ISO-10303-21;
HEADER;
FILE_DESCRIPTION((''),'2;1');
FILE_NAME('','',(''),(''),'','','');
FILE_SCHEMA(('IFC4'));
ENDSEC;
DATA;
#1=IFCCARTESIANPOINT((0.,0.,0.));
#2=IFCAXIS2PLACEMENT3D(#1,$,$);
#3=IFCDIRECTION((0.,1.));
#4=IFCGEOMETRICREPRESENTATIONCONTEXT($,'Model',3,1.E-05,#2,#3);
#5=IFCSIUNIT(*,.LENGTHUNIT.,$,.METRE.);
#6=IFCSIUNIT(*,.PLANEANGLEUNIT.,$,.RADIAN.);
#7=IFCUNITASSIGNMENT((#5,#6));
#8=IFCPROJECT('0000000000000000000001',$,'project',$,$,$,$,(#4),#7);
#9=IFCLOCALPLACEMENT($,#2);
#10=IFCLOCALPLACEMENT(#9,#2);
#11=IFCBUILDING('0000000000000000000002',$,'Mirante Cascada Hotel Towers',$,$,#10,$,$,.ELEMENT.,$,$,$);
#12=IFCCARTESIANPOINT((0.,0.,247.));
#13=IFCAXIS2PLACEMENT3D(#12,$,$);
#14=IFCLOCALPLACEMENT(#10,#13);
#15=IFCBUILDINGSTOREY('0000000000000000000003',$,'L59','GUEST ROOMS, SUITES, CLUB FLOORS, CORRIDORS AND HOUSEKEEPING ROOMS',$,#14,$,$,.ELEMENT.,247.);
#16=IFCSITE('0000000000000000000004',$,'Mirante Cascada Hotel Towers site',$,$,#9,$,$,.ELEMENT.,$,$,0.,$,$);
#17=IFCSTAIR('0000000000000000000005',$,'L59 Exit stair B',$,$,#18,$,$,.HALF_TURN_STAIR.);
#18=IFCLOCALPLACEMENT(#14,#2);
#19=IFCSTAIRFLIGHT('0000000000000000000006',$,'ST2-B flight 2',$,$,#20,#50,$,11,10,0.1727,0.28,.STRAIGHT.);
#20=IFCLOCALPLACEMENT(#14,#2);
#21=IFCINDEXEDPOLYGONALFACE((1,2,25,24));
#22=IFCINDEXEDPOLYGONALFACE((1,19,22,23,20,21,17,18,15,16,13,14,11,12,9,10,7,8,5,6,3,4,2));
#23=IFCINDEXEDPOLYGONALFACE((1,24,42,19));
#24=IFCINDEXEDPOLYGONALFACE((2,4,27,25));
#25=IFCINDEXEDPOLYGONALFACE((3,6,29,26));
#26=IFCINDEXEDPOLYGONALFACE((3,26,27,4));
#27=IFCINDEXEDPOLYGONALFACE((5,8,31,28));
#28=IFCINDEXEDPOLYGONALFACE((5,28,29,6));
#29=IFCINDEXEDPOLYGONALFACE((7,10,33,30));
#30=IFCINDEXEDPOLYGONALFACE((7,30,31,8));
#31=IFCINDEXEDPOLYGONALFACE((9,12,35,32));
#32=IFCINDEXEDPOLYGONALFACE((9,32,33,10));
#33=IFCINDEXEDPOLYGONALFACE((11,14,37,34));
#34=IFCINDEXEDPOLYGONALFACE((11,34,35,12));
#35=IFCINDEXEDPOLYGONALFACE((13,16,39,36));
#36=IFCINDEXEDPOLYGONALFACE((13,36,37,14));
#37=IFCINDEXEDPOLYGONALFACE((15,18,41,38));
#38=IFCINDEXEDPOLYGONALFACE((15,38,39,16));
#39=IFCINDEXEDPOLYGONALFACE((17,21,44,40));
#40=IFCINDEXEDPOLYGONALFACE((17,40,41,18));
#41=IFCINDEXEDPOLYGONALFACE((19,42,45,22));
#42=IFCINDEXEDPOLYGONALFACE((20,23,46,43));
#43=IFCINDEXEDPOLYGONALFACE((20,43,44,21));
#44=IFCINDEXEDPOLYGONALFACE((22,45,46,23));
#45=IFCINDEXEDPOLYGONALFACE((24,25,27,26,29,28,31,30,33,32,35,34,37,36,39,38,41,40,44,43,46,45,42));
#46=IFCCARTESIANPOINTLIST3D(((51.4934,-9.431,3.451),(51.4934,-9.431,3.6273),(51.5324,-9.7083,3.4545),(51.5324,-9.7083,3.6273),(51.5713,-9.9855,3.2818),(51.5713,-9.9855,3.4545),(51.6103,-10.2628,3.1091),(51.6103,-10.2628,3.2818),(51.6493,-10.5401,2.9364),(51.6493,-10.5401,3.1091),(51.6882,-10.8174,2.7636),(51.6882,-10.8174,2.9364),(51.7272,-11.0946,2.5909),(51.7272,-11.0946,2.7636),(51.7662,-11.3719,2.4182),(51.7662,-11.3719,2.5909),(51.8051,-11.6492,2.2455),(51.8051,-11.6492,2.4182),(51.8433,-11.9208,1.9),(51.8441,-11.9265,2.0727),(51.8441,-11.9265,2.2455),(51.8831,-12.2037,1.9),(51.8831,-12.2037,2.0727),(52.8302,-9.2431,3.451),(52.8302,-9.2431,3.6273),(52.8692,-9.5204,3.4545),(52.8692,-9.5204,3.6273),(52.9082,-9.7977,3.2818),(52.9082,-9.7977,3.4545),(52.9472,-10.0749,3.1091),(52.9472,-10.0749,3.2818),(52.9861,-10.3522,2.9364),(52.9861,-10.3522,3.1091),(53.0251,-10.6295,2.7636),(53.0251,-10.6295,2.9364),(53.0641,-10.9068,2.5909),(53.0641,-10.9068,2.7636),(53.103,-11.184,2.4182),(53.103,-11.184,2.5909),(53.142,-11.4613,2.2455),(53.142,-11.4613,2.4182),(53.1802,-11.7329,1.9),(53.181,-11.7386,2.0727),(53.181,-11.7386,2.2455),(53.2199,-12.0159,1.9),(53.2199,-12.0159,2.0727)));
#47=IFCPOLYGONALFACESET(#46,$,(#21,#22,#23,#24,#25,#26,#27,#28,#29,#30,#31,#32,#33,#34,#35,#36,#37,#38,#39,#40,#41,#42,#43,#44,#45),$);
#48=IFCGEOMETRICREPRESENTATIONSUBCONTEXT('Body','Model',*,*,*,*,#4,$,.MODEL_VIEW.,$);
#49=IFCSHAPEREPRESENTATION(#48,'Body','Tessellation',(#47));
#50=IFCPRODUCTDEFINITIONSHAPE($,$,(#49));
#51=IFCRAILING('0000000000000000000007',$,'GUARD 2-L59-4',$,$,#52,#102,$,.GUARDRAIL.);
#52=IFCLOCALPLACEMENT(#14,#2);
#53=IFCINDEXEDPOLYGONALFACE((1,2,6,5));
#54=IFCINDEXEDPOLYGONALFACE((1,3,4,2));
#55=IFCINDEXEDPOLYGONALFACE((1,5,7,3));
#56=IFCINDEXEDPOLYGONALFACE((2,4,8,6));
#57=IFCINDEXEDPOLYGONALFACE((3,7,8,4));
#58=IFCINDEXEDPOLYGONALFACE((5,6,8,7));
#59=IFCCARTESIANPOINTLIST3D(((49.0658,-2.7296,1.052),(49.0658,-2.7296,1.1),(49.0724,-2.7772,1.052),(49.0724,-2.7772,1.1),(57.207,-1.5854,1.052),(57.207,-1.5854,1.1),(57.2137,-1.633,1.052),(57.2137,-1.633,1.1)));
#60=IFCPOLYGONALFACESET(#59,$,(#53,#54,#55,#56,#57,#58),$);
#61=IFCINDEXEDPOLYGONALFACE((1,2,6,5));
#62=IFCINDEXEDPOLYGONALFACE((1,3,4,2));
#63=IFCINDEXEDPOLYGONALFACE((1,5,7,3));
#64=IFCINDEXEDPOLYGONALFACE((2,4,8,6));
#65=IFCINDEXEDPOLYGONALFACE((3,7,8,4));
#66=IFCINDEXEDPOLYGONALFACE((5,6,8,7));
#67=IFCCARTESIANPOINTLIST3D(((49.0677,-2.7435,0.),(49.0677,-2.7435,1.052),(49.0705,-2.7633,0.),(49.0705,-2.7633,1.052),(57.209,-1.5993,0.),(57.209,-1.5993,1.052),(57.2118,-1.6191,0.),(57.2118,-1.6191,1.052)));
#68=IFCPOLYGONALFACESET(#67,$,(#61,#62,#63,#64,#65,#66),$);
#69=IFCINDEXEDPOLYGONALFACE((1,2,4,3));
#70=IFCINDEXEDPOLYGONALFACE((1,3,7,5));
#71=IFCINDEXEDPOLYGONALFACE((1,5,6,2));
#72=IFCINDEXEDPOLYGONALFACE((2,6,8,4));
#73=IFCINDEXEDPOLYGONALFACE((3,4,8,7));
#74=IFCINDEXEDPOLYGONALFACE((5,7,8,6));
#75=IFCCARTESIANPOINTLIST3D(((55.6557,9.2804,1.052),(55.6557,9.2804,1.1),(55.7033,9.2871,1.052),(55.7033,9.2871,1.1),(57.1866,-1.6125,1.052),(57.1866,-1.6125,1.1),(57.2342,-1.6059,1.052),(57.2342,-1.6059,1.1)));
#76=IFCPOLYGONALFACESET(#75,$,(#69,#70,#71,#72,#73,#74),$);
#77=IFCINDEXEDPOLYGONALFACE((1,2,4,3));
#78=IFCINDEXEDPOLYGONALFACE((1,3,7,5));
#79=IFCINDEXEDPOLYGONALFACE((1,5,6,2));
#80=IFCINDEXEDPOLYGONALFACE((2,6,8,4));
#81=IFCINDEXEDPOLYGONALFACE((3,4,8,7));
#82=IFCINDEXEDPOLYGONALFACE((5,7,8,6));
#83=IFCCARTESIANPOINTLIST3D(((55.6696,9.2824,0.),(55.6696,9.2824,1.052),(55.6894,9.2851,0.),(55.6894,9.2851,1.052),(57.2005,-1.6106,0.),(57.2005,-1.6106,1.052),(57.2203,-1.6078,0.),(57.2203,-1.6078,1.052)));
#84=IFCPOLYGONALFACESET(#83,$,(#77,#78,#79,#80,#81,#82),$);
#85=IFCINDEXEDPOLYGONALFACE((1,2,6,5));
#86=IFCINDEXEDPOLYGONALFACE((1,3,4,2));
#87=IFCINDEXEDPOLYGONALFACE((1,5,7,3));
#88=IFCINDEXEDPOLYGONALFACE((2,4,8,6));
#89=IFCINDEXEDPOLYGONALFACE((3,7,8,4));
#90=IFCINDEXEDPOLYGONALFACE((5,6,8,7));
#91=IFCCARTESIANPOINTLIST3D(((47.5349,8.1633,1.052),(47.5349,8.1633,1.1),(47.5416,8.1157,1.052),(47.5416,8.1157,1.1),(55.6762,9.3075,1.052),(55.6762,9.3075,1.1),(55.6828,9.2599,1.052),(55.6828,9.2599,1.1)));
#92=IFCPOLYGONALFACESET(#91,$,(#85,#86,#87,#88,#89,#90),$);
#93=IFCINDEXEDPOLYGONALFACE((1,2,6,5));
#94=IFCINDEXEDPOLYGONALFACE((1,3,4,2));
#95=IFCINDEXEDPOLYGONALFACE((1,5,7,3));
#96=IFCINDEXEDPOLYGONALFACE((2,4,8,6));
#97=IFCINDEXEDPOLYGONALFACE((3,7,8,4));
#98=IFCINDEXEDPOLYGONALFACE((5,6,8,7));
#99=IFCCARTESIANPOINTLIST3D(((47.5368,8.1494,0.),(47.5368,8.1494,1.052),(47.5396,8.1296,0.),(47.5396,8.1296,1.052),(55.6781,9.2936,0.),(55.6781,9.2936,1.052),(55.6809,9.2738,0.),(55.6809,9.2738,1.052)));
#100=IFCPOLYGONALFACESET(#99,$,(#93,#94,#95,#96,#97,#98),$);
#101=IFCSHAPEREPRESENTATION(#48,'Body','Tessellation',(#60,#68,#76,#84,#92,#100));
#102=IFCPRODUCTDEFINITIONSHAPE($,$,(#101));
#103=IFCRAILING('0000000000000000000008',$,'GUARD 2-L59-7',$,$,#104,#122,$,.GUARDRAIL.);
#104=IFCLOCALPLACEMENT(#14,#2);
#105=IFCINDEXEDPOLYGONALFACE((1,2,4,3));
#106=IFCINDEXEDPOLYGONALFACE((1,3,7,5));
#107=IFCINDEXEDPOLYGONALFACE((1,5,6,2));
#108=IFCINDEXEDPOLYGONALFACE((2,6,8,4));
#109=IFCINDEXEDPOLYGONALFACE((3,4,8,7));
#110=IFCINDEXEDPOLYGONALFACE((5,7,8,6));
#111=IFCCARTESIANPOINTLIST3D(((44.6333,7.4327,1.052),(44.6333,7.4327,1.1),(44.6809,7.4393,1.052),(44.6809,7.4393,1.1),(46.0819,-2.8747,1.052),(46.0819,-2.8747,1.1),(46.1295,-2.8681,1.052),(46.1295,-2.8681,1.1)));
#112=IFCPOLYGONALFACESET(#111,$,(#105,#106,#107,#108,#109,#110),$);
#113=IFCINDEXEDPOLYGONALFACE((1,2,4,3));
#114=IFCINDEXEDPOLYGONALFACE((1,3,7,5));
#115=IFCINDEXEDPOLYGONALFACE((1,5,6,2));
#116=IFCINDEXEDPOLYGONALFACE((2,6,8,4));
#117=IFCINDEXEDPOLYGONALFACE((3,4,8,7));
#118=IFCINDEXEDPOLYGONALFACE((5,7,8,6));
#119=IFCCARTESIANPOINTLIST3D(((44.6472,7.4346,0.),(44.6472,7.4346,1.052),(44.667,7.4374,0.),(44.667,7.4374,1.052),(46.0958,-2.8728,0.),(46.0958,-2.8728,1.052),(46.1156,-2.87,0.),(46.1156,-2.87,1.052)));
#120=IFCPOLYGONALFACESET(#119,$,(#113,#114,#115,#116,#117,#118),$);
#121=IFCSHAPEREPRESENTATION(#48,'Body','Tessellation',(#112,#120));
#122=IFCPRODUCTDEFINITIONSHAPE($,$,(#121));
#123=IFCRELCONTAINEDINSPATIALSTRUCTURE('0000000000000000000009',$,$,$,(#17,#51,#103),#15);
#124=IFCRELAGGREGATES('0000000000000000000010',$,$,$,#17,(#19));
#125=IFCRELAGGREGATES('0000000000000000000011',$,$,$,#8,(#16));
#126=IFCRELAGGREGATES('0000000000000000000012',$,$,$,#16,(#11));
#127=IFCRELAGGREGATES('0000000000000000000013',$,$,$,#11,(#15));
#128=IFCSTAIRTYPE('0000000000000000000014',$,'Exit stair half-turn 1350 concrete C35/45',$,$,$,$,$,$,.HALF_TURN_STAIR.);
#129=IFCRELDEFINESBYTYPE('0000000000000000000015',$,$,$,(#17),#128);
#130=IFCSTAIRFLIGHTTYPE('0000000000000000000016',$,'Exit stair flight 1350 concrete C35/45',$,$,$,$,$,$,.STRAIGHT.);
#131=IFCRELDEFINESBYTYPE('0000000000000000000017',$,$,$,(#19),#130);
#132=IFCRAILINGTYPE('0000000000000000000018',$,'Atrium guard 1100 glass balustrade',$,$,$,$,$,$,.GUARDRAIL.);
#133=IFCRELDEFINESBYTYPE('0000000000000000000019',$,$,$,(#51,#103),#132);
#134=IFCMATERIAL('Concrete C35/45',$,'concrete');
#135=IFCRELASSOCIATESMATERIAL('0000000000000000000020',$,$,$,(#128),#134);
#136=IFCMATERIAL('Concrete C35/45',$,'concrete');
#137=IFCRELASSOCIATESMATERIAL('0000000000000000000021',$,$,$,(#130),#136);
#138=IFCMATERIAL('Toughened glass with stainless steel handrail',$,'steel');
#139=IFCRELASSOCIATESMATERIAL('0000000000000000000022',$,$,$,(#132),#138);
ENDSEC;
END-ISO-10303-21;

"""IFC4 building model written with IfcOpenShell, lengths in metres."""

from ifc_helpers import new_model, si_unit, direction, frame, origin, origin_2d, place, context, subcontext, project, spatial, polyline, rectangle, outline, extrude, material, type_object, element, aggregate, save


model = new_model("IFC4")

# Units and contexts
model_context = context("Model", 3, precision=1e-05, world=origin(), true_north=direction((0.0, 1.0)))
body_context = subcontext(model_context, "Body", "Model", "MODEL_VIEW")
ifc_project = project(units=[si_unit("LENGTHUNIT", "METRE"), si_unit("PLANEANGLEUNIT", "RADIAN")], contexts=[model_context])

# Site, building, storey
site_placement = place(None, origin())
site = spatial("IfcSite", under=ifc_project, at=site_placement, Name="Mirante Cascada Hotel Towers site", CompositionType="ELEMENT", RefElevation=0.0)
building_placement = place(site_placement, origin())
building = spatial("IfcBuilding", under=site, at=building_placement, Name="Mirante Cascada Hotel Towers", CompositionType="ELEMENT")
storey_placement = place(building_placement, frame((0.0, 0.0, 247.0)))
storey = spatial("IfcBuildingStorey", under=building, at=storey_placement, Name="L59", Description="GUEST ROOMS, SUITES, CLUB FLOORS, CORRIDORS AND HOUSEKEEPING ROOMS", CompositionType="ELEMENT", Elevation=247.0)

# Stair, stair flight
ifc_material_1 = material(Name="Concrete C35/45", Category="concrete")
stair_type = type_object("IfcStairType", Name="Exit stair half-turn 1350 concrete C35/45", PredefinedType="HALF_TURN_STAIR", material=ifc_material_1)
stair_placement = place(storey_placement, origin())
stair = element("IfcStair", 1, at=stair_placement, inside=storey, type_object=stair_type, Name="L59 Exit stair B", PredefinedType="HALF_TURN_STAIR")
ifc_material_2 = material(Name="Concrete C35/45", Category="concrete")
stair_flight_type = type_object("IfcStairFlightType", Name="Exit stair flight 1350 concrete C35/45", PredefinedType="STRAIGHT", material=ifc_material_2)
stair_flight_1_placement = place(storey_placement, frame((52.5515, -12.1098, 1.9), z_axis=(0.0, 0.0, 1.0), x_axis=(-0.139173, 0.990268, 0.0)))
stair_flight_1 = element("IfcStairFlight", 2, at=stair_flight_1_placement, type_object=stair_flight_type, Name="ST2-B flight 2", NumberOfRisers=11, NumberOfTreads=10, PredefinedType="STRAIGHT", RiserHeight=0.1727, TreadLength=0.28, context=body_context, shape_type="SweptSolid", body=[
    extrude(outline(polyline([(0.0, 0.0), (0.0, 0.1727), (0.28, 0.1727), (0.28, 0.3455), (0.56, 0.3455), (0.56, 0.5182), (0.84, 0.5182), (0.84, 0.6909), (1.12, 0.6909), (1.12, 0.8636), (1.4, 0.8636), (1.4, 1.0364), (1.68, 1.0364), (1.68, 1.2091), (1.96, 1.2091), (1.96, 1.3818), (2.24, 1.3818), (2.24, 1.5545), (2.52, 1.5545), (2.52, 1.7273), (2.8, 1.7273), (2.8, 1.9), (2.8, 1.551), (0.2857, 0.0), (0.0, 0.0)])), frame((0.0, 0.675, 0.0), z_axis=(0.0, -1.0, 0.0), x_axis=(1.0, 0.0, 0.0)), (0.0, 0.0, 1.0), 1.35),
])
aggregate(stair, [stair_flight_1])

# Railings
ifc_material_3 = material(Name="Toughened glass with stainless steel handrail", Category="steel")
railing_type_1 = type_object("IfcRailingType", Name="Atrium guard 1100 glass balustrade", PredefinedType="GUARDRAIL", material=ifc_material_3)
railing_1_placement = place(storey_placement, frame((49.0691, -2.7534, 0.0)))
element("IfcRailing", 3, at=railing_1_placement, inside=storey, type_object=railing_type_1, Name="GUARD 2-L59-4", PredefinedType="GUARDRAIL", context=body_context, shape_type="SweptSolid", body=[
    extrude(rectangle(XDim=0.048, YDim=0.048, at=origin_2d()), frame((0.0, 0.0, 1.076), z_axis=(0.990268, 0.139175, 0.0), x_axis=(-0.139175, 0.990268, 0.0)), (0.0, 0.0, 1.0), 8.2213),
    extrude(rectangle(XDim=0.02, YDim=1.052, at=origin_2d()), frame((0.0, 0.0, 0.526), z_axis=(0.990268, 0.139175, 0.0), x_axis=(-0.139175, 0.990268, 0.0)), (0.0, 0.0, 1.0), 8.2213),
    extrude(rectangle(XDim=0.048, YDim=0.048, at=origin_2d()), frame((8.1413, 1.1442, 1.076), z_axis=(-0.139173, 0.990268, 0.0), x_axis=(-0.990268, -0.139173, 0.0)), (0.0, 0.0, 1.0), 11.0),
    extrude(rectangle(XDim=0.02, YDim=1.052, at=origin_2d()), frame((8.1413, 1.1442, 0.526), z_axis=(-0.139173, 0.990268, 0.0), x_axis=(-0.990268, -0.139173, 0.0)), (0.0, 0.0, 1.0), 11.0),
    extrude(rectangle(XDim=0.048, YDim=0.048, at=origin_2d()), frame((6.6104, 12.0371, 1.076), z_axis=(-0.990268, -0.139175, 0.0), x_axis=(0.139175, -0.990268, 0.0)), (0.0, 0.0, 1.0), 8.2213),
    extrude(rectangle(XDim=0.02, YDim=1.052, at=origin_2d()), frame((6.6104, 12.0371, 0.526), z_axis=(-0.990268, -0.139175, 0.0), x_axis=(0.139175, -0.990268, 0.0)), (0.0, 0.0, 1.0), 8.2213),
])
railing_2_placement = place(storey_placement, frame((46.1057, -2.8714, 0.0)))
element("IfcRailing", 4, at=railing_2_placement, inside=storey, type_object=railing_type_1, Name="GUARD 2-L59-7", PredefinedType="GUARDRAIL", context=body_context, shape_type="SweptSolid", body=[
    extrude(rectangle(XDim=0.048, YDim=0.048, at=origin_2d()), frame((0.0, 0.0, 1.076), z_axis=(-0.139172, 0.990268, 0.0), x_axis=(-0.990268, -0.139172, 0.0)), (0.0, 0.0, 1.0), 10.4087),
    extrude(rectangle(XDim=0.02, YDim=1.052, at=origin_2d()), frame((0.0, 0.0, 0.526), z_axis=(-0.139172, 0.990268, 0.0), x_axis=(-0.990268, -0.139172, 0.0)), (0.0, 0.0, 1.0), 10.4087),
])

save(model, "model.ifc")
